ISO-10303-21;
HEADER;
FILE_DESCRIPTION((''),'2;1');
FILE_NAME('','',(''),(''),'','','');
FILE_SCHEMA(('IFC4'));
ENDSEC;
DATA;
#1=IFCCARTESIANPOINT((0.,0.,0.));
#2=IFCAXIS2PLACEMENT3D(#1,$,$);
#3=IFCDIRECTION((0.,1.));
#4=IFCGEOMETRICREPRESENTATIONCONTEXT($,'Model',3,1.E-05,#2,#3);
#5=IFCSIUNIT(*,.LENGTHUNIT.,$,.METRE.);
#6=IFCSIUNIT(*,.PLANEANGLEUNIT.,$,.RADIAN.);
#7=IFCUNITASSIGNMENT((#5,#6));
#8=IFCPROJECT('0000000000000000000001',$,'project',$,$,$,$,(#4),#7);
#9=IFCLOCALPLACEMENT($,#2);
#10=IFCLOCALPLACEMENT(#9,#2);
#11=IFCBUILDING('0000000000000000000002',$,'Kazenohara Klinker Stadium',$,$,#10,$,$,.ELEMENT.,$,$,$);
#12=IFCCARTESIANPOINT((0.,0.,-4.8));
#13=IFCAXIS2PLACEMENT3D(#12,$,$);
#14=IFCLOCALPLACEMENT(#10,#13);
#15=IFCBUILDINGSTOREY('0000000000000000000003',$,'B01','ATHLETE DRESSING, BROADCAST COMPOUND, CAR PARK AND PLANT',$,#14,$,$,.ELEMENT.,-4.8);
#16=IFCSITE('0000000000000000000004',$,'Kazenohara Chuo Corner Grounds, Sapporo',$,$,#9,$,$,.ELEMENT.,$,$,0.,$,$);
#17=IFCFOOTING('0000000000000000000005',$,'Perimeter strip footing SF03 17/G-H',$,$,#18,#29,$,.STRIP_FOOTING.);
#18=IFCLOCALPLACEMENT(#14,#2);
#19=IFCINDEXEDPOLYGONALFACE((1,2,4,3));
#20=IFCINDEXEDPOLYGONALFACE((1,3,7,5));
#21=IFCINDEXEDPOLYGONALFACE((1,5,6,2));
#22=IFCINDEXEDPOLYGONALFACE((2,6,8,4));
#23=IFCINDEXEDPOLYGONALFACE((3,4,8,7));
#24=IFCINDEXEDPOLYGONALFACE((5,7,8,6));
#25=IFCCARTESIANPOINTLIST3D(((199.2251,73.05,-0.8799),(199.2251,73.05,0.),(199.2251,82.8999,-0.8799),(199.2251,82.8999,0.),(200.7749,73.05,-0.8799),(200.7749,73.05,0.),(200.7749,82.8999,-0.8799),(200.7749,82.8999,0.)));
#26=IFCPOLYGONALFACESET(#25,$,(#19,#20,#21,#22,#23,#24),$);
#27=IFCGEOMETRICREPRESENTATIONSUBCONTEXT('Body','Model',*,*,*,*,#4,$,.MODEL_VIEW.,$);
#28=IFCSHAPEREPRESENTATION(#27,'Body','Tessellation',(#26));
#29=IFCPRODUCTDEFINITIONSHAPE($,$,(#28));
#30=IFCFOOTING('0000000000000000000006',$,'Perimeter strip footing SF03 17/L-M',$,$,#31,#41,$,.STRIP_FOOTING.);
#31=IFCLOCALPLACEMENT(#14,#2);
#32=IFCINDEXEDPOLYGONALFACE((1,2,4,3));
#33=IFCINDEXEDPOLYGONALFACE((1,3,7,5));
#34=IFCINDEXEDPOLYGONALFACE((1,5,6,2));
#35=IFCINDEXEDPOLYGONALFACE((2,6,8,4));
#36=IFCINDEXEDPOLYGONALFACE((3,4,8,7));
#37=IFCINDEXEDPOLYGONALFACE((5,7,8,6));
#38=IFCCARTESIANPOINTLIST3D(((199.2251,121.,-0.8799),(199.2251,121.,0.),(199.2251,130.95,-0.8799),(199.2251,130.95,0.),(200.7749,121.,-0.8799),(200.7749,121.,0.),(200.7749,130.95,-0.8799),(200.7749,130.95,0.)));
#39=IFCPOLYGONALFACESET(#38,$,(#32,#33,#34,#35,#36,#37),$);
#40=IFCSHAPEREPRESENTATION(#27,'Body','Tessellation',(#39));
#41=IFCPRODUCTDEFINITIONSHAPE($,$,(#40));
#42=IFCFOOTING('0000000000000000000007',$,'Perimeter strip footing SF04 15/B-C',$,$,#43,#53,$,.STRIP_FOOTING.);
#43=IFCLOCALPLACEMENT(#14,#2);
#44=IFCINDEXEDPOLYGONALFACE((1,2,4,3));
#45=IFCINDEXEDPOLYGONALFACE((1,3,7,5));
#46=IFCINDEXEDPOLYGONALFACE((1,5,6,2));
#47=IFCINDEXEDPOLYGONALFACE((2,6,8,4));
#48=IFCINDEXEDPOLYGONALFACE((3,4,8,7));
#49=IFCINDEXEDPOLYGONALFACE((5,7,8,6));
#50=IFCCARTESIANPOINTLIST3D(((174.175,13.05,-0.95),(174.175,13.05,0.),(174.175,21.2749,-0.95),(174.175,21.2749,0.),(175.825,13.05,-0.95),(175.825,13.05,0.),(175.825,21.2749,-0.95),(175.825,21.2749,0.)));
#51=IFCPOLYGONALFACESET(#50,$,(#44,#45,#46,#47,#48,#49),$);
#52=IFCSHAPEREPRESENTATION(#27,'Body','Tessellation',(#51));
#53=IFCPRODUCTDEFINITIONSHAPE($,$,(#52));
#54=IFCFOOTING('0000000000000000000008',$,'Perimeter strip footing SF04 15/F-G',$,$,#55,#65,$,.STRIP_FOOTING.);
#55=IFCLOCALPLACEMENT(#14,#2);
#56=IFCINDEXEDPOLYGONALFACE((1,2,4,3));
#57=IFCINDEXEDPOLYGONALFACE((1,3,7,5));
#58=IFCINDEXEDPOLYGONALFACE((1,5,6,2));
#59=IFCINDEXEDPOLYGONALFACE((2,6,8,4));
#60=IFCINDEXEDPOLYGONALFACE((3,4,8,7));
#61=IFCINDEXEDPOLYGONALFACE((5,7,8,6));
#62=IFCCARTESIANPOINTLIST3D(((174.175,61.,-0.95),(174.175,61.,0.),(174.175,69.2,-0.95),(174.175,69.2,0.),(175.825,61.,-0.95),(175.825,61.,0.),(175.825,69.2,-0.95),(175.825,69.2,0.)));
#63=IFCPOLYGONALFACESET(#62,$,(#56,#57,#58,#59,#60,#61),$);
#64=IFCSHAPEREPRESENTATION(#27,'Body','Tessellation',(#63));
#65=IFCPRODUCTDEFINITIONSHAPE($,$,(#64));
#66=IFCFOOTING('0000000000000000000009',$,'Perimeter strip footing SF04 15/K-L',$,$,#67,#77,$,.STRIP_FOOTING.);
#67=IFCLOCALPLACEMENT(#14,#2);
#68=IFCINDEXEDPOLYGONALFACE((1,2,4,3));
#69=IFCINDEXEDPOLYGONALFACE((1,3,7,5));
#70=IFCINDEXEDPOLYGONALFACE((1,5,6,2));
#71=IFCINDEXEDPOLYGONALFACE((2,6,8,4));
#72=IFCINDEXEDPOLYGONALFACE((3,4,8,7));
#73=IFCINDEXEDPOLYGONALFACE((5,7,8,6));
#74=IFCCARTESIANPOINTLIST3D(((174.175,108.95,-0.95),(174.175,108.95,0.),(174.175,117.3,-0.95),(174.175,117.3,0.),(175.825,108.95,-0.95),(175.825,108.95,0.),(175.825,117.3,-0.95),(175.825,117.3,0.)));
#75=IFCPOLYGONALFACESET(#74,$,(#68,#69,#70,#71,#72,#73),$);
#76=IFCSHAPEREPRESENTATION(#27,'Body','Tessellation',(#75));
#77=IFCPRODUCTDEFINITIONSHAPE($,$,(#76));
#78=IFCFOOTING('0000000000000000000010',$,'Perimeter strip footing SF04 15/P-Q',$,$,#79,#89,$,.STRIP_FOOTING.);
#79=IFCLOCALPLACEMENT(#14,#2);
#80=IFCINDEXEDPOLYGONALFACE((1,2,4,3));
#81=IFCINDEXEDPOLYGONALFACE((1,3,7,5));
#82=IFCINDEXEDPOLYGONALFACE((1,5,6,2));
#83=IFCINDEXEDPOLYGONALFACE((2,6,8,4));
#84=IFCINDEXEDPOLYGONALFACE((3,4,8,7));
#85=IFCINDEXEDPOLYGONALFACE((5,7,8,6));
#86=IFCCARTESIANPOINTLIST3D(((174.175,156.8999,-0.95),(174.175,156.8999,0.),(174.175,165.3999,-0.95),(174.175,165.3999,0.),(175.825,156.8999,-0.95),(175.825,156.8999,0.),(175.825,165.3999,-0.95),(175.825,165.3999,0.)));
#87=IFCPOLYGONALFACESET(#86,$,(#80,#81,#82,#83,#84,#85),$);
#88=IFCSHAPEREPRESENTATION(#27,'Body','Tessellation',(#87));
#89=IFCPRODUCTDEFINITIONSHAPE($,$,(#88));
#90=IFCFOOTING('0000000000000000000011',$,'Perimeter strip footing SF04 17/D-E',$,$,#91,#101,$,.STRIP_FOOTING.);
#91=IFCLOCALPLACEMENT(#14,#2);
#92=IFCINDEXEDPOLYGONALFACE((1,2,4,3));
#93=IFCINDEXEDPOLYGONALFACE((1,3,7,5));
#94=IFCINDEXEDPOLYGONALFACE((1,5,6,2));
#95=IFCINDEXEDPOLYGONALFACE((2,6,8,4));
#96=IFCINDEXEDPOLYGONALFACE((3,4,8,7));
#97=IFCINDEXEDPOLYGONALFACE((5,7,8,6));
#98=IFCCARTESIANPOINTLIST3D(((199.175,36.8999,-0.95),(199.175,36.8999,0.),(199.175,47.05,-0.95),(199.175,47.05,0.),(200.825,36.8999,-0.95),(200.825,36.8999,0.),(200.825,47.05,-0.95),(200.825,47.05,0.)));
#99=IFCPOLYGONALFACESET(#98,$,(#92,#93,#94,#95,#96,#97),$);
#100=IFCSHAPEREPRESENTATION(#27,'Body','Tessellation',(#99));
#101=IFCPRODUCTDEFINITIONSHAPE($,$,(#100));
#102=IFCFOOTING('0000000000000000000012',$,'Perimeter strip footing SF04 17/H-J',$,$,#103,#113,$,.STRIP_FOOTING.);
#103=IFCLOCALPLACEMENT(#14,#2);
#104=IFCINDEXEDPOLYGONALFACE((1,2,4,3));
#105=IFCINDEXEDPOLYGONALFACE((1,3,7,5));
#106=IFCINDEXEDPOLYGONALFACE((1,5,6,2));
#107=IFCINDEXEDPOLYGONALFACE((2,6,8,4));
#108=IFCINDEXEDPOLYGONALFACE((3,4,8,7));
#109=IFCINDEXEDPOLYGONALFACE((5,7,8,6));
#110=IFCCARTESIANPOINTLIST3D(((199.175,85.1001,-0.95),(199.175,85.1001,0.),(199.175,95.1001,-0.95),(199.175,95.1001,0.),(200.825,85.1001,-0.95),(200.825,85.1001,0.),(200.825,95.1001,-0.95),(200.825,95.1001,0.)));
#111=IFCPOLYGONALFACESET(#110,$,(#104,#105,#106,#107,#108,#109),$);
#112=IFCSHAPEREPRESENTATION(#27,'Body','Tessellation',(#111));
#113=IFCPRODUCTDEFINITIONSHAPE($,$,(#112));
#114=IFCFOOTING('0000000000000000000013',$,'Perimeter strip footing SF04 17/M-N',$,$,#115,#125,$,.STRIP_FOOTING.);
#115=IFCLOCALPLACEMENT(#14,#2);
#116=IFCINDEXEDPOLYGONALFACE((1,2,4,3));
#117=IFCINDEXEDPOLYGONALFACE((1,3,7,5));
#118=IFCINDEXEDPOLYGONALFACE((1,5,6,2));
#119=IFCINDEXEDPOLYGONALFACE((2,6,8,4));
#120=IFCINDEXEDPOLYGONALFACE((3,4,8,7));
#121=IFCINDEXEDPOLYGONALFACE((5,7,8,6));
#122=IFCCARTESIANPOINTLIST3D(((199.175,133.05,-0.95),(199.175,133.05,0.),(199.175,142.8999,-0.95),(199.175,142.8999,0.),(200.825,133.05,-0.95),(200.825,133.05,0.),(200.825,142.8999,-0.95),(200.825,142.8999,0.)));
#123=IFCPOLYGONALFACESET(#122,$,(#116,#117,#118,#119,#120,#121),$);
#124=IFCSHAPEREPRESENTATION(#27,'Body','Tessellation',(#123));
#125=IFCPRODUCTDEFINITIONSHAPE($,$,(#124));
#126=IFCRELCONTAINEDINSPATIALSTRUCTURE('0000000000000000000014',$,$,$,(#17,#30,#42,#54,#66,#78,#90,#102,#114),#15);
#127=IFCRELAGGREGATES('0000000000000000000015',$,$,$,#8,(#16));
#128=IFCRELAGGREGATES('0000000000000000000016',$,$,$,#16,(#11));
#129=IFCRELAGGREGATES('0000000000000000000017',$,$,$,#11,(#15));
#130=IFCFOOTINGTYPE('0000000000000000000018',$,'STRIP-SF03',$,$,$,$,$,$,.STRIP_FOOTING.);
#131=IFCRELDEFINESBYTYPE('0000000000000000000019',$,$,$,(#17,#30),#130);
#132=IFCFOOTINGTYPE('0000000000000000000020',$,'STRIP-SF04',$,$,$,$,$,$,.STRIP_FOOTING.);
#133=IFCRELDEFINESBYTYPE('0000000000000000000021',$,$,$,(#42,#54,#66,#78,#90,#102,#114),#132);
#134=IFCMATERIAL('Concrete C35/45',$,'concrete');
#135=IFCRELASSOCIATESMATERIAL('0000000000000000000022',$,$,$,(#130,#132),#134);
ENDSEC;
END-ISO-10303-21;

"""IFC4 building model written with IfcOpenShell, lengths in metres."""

from ifc_helpers import new_model, si_unit, direction, frame, origin, place, context, subcontext, project, spatial, polyline, outline, extrude, material, type_object, element, save


model = new_model("IFC4")

# Units and contexts
model_context = context("Model", 3, precision=1e-05, world=origin(), true_north=direction((0.0, 1.0)))
body_context = subcontext(model_context, "Body", "Model", "MODEL_VIEW")
ifc_project = project(units=[si_unit("LENGTHUNIT", "METRE"), si_unit("PLANEANGLEUNIT", "RADIAN")], contexts=[model_context])

# Site, building, storey
site_placement = place(None, origin())
site = spatial("IfcSite", under=ifc_project, at=site_placement, Name="Kazenohara Chuo Corner Grounds, Sapporo", CompositionType="ELEMENT", RefElevation=0.0)
building_placement = place(site_placement, origin())
building = spatial("IfcBuilding", under=site, at=building_placement, Name="Kazenohara Klinker Stadium", CompositionType="ELEMENT")
storey_placement = place(building_placement, frame((0.0, 0.0, -4.8)))
storey = spatial("IfcBuildingStorey", under=building, at=storey_placement, Name="B01", Description="ATHLETE DRESSING, BROADCAST COMPOUND, CAR PARK AND PLANT", CompositionType="ELEMENT", Elevation=-4.8)

# Footings
ifc_material = material(Name="Concrete C35/45", Category="concrete")
footing_type_1 = type_object("IfcFootingType", Name="STRIP-SF03", PredefinedType="STRIP_FOOTING", material=ifc_material)
footing_1_placement = place(storey_placement, frame((0.0, 0.0, -0.8799)))
element("IfcFooting", 1, at=footing_1_placement, inside=storey, type_object=footing_type_1, Name="Perimeter strip footing SF03 17/G-H", PredefinedType="STRIP_FOOTING", context=body_context, shape_type="SweptSolid", body=[
    extrude(outline(polyline([(199.2251, 73.05), (200.7749, 73.05), (200.7749, 82.8999), (199.2251, 82.8999), (199.2251, 73.05)])), origin(), (0.0, 0.0, 1.0), 0.8799),
])
footing_2_placement = place(storey_placement, frame((0.0, 0.0, -0.8799)))
element("IfcFooting", 2, at=footing_2_placement, inside=storey, type_object=footing_type_1, Name="Perimeter strip footing SF03 17/L-M", PredefinedType="STRIP_FOOTING", context=body_context, shape_type="SweptSolid", body=[
    extrude(outline(polyline([(199.2251, 121.0), (200.7749, 121.0), (200.7749, 130.95), (199.2251, 130.95), (199.2251, 121.0)])), origin(), (0.0, 0.0, 1.0), 0.8799),
])
footing_type_2 = type_object("IfcFootingType", Name="STRIP-SF04", PredefinedType="STRIP_FOOTING", material=ifc_material)
footing_3_placement = place(storey_placement, frame((0.0, 0.0, -0.95)))
element("IfcFooting", 3, at=footing_3_placement, inside=storey, type_object=footing_type_2, Name="Perimeter strip footing SF04 15/B-C", PredefinedType="STRIP_FOOTING", context=body_context, shape_type="SweptSolid", body=[
    extrude(outline(polyline([(174.175, 13.05), (175.825, 13.05), (175.825, 21.2749), (174.175, 21.2749), (174.175, 13.05)])), origin(), (0.0, 0.0, 1.0), 0.95),
])
footing_4_placement = place(storey_placement, frame((0.0, 0.0, -0.95)))
element("IfcFooting", 4, at=footing_4_placement, inside=storey, type_object=footing_type_2, Name="Perimeter strip footing SF04 15/F-G", PredefinedType="STRIP_FOOTING", context=body_context, shape_type="SweptSolid", body=[
    extrude(outline(polyline([(174.175, 61.0), (175.825, 61.0), (175.825, 69.2), (174.175, 69.2), (174.175, 61.0)])), origin(), (0.0, 0.0, 1.0), 0.95),
])
footing_5_placement = place(storey_placement, frame((0.0, 0.0, -0.95)))
element("IfcFooting", 5, at=footing_5_placement, inside=storey, type_object=footing_type_2, Name="Perimeter strip footing SF04 15/K-L", PredefinedType="STRIP_FOOTING", context=body_context, shape_type="SweptSolid", body=[
    extrude(outline(polyline([(174.175, 108.95), (175.825, 108.95), (175.825, 117.3), (174.175, 117.3), (174.175, 108.95)])), origin(), (0.0, 0.0, 1.0), 0.95),
])
footing_6_placement = place(storey_placement, frame((0.0, 0.0, -0.95)))
element("IfcFooting", 6, at=footing_6_placement, inside=storey, type_object=footing_type_2, Name="Perimeter strip footing SF04 15/P-Q", PredefinedType="STRIP_FOOTING", context=body_context, shape_type="SweptSolid", body=[
    extrude(outline(polyline([(174.175, 156.8999), (175.825, 156.8999), (175.825, 165.3999), (174.175, 165.3999), (174.175, 156.8999)])), origin(), (0.0, 0.0, 1.0), 0.95),
])
footing_7_placement = place(storey_placement, frame((0.0, 0.0, -0.95)))
element("IfcFooting", 7, at=footing_7_placement, inside=storey, type_object=footing_type_2, Name="Perimeter strip footing SF04 17/D-E", PredefinedType="STRIP_FOOTING", context=body_context, shape_type="SweptSolid", body=[
    extrude(outline(polyline([(199.175, 36.8999), (200.825, 36.8999), (200.825, 47.05), (199.175, 47.05), (199.175, 36.8999)])), origin(), (0.0, 0.0, 1.0), 0.95),
])
footing_8_placement = place(storey_placement, frame((0.0, 0.0, -0.95)))
element("IfcFooting", 8, at=footing_8_placement, inside=storey, type_object=footing_type_2, Name="Perimeter strip footing SF04 17/H-J", PredefinedType="STRIP_FOOTING", context=body_context, shape_type="SweptSolid", body=[
    extrude(outline(polyline([(199.175, 85.1001), (200.825, 85.1001), (200.825, 95.1001), (199.175, 95.1001), (199.175, 85.1001)])), origin(), (0.0, 0.0, 1.0), 0.95),
])
footing_9_placement = place(storey_placement, frame((0.0, 0.0, -0.95)))
element("IfcFooting", 9, at=footing_9_placement, inside=storey, type_object=footing_type_2, Name="Perimeter strip footing SF04 17/M-N", PredefinedType="STRIP_FOOTING", context=body_context, shape_type="SweptSolid", body=[
    extrude(outline(polyline([(199.175, 133.05), (200.825, 133.05), (200.825, 142.8999), (199.175, 142.8999), (199.175, 133.05)])), origin(), (0.0, 0.0, 1.0), 0.95),
])

save(model, "model.ifc")
